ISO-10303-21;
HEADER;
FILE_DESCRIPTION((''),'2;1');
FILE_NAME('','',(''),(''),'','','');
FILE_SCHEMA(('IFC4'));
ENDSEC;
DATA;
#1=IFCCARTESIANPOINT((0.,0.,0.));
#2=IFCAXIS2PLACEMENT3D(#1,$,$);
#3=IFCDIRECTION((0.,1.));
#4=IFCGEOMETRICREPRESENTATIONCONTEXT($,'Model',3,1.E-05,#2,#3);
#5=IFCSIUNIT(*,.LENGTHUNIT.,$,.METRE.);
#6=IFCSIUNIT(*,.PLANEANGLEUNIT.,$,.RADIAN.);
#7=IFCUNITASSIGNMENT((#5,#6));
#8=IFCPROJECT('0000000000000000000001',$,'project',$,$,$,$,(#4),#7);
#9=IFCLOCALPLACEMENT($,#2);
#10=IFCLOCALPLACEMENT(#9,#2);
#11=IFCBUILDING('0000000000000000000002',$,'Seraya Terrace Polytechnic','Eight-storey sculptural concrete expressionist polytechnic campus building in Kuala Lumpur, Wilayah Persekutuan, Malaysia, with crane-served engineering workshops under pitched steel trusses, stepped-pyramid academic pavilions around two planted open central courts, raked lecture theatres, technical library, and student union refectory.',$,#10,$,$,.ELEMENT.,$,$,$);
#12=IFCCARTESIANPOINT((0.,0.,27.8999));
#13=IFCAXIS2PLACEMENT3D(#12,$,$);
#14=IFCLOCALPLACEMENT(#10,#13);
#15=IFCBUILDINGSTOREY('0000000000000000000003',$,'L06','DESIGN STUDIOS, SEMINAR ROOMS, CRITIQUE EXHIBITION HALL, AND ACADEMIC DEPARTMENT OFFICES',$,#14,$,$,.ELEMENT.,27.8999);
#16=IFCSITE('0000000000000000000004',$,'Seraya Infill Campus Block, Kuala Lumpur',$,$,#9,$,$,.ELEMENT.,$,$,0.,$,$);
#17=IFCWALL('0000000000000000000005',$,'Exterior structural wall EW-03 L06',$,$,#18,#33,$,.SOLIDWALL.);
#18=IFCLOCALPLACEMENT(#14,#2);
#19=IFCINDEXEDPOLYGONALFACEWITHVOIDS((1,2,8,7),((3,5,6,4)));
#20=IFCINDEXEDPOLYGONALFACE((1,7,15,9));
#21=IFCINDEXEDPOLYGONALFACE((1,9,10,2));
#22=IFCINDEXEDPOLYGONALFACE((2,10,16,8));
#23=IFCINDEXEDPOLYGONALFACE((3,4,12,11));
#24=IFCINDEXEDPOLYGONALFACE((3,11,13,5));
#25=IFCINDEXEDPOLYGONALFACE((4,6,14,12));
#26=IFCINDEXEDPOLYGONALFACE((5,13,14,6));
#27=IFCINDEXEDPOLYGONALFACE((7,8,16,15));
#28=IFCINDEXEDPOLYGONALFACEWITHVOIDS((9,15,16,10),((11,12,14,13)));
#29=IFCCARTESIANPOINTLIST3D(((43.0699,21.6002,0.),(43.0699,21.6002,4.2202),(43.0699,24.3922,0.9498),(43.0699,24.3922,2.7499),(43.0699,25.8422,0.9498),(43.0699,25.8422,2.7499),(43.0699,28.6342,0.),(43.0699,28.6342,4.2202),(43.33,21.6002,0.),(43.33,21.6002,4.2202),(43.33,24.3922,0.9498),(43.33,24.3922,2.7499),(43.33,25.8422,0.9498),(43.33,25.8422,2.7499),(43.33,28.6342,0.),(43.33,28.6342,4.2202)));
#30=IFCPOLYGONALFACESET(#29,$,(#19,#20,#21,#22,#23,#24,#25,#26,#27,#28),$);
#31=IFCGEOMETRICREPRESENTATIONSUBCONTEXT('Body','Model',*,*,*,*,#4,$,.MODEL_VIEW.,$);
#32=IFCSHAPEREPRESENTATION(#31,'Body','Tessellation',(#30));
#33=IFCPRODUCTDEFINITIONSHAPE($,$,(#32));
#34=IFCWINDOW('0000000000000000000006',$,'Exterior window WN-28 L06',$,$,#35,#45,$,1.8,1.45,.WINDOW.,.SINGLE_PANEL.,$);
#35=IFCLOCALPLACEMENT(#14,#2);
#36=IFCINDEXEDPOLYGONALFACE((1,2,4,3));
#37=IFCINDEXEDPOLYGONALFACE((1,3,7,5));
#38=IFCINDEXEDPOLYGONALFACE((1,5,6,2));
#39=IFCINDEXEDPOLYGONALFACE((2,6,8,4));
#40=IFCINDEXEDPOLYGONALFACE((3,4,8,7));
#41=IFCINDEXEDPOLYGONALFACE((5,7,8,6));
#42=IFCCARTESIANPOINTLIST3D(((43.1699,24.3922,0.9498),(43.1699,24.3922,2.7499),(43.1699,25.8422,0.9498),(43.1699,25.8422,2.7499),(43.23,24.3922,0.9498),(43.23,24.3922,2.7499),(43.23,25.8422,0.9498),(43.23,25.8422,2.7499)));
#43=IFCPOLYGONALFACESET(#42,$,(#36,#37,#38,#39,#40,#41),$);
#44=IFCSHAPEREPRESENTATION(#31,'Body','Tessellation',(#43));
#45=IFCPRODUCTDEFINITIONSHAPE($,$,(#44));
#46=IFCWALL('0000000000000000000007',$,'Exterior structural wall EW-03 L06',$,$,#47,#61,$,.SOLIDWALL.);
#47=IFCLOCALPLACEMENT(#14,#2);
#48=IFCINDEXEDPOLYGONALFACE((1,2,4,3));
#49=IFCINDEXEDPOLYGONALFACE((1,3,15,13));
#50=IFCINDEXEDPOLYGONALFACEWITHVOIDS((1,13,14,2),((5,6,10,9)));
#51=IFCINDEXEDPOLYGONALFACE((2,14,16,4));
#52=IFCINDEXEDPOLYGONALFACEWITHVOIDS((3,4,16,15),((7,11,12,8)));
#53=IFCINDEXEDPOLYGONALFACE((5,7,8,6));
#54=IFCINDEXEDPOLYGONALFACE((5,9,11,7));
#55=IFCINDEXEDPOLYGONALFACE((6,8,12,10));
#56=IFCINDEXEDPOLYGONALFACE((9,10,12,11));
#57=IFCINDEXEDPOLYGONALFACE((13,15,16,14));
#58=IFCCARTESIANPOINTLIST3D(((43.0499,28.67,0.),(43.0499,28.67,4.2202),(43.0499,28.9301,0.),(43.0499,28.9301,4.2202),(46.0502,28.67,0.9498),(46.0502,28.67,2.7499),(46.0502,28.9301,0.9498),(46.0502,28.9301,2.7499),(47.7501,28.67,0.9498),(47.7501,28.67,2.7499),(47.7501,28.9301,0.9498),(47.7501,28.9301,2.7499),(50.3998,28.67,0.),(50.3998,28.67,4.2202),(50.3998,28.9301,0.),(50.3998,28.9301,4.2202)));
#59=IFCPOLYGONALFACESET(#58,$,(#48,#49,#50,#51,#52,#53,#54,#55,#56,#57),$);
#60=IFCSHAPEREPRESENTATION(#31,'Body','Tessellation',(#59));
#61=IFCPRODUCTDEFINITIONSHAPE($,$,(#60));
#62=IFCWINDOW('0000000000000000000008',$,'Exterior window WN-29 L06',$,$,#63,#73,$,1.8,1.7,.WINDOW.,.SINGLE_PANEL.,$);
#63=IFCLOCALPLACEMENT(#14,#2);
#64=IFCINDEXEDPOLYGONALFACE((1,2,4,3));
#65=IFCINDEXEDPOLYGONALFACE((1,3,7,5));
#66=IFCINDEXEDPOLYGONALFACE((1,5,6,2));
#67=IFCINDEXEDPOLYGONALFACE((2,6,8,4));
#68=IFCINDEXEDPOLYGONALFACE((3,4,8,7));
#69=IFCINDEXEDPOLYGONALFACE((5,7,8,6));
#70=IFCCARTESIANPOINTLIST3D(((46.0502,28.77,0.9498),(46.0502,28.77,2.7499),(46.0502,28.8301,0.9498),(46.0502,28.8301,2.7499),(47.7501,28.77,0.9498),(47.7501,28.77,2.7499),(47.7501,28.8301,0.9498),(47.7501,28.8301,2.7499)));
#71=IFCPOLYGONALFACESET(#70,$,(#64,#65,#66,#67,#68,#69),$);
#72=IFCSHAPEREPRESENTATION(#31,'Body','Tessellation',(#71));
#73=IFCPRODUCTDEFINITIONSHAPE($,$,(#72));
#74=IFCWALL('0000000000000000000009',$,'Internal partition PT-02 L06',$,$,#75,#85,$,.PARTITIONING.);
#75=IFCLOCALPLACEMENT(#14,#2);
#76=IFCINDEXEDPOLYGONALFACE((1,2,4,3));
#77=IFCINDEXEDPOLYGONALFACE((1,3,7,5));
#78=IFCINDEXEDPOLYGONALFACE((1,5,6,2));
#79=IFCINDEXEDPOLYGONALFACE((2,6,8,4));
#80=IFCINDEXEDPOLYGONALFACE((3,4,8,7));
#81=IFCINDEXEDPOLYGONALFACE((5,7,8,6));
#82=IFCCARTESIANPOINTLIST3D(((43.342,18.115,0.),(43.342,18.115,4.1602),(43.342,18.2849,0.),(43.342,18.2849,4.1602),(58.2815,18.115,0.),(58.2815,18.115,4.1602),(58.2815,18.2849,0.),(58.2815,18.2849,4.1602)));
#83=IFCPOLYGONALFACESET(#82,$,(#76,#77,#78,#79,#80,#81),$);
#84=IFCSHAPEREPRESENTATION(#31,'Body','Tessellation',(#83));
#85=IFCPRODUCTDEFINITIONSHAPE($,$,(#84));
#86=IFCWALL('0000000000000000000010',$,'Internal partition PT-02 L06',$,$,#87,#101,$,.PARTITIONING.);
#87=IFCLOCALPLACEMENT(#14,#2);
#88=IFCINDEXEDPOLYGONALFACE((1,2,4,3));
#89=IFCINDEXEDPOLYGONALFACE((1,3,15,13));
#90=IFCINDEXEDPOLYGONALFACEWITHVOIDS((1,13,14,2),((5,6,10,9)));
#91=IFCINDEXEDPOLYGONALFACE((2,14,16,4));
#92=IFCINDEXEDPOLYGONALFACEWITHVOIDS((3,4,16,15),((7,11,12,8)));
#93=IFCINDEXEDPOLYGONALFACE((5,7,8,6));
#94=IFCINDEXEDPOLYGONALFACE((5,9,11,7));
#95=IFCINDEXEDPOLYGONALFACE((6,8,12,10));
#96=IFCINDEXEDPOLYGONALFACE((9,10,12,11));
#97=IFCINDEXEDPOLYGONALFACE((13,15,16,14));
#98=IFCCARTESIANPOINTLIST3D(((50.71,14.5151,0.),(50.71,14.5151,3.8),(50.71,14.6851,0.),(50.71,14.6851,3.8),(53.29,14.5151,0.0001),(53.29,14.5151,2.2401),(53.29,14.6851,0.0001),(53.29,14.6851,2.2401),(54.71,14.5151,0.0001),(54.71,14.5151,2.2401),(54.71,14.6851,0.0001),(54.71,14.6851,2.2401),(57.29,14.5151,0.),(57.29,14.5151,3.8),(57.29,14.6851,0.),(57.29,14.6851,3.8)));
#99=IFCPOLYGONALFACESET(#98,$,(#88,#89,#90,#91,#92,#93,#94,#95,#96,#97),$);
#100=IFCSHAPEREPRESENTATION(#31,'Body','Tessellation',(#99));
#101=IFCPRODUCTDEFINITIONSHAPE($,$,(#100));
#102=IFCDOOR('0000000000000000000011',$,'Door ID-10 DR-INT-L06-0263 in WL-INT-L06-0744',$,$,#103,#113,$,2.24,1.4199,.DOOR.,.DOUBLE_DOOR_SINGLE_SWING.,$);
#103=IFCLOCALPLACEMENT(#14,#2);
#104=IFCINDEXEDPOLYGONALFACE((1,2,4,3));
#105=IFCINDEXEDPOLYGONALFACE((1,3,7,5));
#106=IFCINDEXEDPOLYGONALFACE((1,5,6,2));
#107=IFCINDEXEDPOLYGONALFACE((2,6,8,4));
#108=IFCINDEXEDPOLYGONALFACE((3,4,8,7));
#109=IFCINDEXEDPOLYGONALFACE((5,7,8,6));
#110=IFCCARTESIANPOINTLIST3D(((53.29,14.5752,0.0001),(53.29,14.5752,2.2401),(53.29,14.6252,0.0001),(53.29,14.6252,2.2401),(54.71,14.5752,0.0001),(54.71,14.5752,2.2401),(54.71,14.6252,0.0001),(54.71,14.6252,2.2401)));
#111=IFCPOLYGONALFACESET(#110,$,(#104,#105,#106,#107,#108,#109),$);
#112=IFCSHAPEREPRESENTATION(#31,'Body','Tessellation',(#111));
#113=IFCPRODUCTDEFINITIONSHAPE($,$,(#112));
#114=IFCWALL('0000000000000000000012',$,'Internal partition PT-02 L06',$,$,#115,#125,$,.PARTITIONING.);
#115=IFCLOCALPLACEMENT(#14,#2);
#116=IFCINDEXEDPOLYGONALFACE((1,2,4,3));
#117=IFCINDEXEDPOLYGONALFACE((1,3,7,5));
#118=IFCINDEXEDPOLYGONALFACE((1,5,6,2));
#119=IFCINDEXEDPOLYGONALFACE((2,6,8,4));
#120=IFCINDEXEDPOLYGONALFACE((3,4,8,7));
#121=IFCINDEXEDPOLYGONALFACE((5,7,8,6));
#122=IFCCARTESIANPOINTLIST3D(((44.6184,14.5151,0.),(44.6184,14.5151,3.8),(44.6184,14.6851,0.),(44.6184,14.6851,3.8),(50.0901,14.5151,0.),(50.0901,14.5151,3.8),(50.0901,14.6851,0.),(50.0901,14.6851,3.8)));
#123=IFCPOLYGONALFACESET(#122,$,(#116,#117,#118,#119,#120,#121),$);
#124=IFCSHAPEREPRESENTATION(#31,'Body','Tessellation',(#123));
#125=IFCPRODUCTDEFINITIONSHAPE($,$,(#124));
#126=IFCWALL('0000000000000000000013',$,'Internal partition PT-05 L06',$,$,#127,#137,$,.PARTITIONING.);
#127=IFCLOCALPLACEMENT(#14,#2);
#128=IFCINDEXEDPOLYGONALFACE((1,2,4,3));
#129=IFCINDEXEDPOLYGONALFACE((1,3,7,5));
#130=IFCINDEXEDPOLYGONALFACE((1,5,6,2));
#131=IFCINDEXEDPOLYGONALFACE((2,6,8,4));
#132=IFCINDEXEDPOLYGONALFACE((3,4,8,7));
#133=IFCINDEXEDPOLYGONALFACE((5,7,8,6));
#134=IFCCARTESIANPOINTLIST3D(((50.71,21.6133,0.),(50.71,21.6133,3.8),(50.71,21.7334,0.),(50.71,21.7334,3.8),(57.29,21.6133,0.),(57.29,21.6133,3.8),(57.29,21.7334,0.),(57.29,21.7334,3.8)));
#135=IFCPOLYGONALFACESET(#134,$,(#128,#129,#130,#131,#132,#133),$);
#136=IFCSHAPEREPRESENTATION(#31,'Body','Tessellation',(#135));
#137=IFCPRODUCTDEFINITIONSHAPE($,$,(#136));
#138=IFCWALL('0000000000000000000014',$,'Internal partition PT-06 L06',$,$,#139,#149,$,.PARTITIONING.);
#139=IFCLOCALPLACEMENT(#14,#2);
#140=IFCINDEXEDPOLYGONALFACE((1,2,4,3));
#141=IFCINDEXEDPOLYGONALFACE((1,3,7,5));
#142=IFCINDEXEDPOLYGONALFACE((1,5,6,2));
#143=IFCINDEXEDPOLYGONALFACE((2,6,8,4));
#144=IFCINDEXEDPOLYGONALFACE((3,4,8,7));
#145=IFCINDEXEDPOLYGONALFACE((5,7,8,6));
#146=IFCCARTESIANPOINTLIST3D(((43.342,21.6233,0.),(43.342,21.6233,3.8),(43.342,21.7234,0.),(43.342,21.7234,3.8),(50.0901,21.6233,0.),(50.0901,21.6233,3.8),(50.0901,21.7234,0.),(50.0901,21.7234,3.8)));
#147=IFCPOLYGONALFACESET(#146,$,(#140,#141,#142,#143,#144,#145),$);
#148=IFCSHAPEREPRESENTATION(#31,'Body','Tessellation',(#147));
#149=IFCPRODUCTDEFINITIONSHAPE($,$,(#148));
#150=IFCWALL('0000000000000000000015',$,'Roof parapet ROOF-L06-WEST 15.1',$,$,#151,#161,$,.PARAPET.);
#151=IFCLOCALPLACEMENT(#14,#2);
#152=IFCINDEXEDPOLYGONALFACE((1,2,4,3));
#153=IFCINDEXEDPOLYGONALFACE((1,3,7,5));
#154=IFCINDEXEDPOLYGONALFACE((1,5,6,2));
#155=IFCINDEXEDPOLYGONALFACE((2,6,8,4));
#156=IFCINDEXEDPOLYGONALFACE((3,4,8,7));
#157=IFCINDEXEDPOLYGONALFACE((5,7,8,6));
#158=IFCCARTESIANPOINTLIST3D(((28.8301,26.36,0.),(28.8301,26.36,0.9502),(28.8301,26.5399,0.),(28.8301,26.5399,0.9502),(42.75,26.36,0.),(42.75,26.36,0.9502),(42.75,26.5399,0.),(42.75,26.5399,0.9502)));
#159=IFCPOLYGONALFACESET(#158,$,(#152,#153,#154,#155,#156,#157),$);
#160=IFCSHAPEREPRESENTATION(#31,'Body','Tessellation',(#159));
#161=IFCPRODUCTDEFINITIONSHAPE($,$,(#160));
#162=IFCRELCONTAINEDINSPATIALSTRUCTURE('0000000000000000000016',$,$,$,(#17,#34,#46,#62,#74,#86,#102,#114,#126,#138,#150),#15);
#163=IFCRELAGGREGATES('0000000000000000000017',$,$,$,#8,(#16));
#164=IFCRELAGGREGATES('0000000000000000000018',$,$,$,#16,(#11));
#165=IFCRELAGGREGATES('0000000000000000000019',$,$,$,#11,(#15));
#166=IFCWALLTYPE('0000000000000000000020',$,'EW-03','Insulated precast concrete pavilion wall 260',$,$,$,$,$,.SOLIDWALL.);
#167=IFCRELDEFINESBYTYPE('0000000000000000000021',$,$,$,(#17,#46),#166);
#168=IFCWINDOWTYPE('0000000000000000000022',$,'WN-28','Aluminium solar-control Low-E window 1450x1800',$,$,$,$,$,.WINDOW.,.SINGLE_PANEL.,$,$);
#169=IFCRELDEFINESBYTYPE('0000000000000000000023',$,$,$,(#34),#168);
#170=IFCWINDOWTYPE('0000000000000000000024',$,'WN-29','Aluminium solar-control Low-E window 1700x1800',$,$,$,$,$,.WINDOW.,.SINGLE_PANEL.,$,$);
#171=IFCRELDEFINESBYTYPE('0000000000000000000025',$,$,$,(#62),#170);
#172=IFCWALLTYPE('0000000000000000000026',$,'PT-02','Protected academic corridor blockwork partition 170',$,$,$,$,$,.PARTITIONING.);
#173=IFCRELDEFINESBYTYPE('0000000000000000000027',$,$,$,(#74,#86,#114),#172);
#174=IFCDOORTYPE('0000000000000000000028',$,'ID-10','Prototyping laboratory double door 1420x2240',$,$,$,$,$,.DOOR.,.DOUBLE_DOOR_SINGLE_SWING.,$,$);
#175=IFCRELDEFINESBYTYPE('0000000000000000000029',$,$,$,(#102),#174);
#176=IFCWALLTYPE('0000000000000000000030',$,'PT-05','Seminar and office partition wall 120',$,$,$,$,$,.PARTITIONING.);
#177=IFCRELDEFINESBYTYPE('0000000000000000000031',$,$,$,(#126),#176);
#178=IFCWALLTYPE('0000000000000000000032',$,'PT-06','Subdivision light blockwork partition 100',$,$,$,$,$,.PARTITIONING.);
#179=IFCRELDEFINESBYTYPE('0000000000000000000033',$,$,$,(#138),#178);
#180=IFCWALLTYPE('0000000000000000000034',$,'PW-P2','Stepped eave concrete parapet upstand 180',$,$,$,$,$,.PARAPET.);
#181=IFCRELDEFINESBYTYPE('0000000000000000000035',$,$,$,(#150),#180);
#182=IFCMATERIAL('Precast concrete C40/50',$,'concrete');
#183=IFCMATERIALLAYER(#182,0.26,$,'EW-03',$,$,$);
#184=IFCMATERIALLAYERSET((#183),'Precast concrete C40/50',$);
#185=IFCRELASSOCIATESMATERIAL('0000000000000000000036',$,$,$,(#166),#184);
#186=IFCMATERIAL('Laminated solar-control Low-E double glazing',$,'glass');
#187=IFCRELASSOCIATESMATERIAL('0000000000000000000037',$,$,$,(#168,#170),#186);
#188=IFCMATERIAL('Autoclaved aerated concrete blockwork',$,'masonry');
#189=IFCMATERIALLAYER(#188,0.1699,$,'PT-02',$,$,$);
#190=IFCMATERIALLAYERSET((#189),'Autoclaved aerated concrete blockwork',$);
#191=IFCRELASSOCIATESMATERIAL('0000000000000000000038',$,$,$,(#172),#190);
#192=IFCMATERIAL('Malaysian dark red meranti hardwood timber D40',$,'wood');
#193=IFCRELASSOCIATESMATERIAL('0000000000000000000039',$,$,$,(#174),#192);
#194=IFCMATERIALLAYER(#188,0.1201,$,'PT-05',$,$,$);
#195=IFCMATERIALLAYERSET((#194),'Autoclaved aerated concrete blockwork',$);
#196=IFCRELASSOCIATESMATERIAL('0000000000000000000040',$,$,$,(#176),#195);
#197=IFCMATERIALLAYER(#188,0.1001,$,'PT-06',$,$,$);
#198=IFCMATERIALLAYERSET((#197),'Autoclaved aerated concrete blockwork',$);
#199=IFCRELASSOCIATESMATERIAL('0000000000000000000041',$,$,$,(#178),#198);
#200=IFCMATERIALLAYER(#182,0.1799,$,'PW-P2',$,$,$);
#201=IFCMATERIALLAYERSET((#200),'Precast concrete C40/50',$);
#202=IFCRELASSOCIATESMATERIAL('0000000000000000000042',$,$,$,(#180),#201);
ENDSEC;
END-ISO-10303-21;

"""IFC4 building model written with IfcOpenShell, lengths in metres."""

from ifc_helpers import new_model, si_unit, direction, frame, frame_2d, origin, place, context, subcontext, project, spatial, rectangle, extrude, material, layer, layer_set, type_object, element, fill, save


model = new_model("IFC4")

# Units and contexts
model_context = context("Model", 3, precision=1e-05, world=origin(), true_north=direction((0.0, 1.0)))
body_context = subcontext(model_context, "Body", "Model", "MODEL_VIEW")
ifc_project = project(units=[si_unit("LENGTHUNIT", "METRE"), si_unit("PLANEANGLEUNIT", "RADIAN")], contexts=[model_context])

# Site, building, storey
site_placement = place(None, origin())
site = spatial("IfcSite", under=ifc_project, at=site_placement, Name="Seraya Infill Campus Block, Kuala Lumpur", CompositionType="ELEMENT", RefElevation=0.0)
building_placement = place(site_placement, origin())
building = spatial("IfcBuilding", under=site, at=building_placement, Name="Seraya Terrace Polytechnic", Description="Eight-storey sculptural concrete expressionist polytechnic campus building in Kuala Lumpur, Wilayah Persekutuan, Malaysia, with crane-served engineering workshops under pitched steel trusses, stepped-pyramid academic pavilions around two planted open central courts, raked lecture theatres, technical library, and student union refectory.", CompositionType="ELEMENT")
storey_placement = place(building_placement, frame((0.0, 0.0, 27.8999)))
storey = spatial("IfcBuildingStorey", under=building, at=storey_placement, Name="L06", Description="DESIGN STUDIOS, SEMINAR ROOMS, CRITIQUE EXHIBITION HALL, AND ACADEMIC DEPARTMENT OFFICES", CompositionType="ELEMENT", Elevation=27.8999)

# Shared definitions
ifc_material_1 = material(Name="Precast concrete C40/50", Category="concrete")

# Walls, openings, windows
ifc_layer_1 = layer(ifc_material_1, 0.26, Name="EW-03")
ifc_layer_set_1 = layer_set([ifc_layer_1], Name="Precast concrete C40/50")
wall_type_1 = type_object("IfcWallType", Name="EW-03", Description="Insulated precast concrete pavilion wall 260", PredefinedType="SOLIDWALL", material=ifc_layer_set_1)
wall_1_placement = place(storey_placement, frame((43.2, 21.6001, 0.0), z_axis=(0.0, 0.0, 1.0), x_axis=(0.0, 1.0, 0.0)))
wall_1 = element("IfcWall", 1, at=wall_1_placement, inside=storey, type_object=wall_type_1, Name="Exterior structural wall EW-03 L06", PredefinedType="SOLIDWALL", context=body_context, shape_type="SweptSolid", body=[
    extrude(rectangle(XDim=7.0339, YDim=0.26, at=frame_2d((3.5171, 0.0))), origin(), (0.0, 0.0, 1.0), 4.2202),
])
opening_1_placement = place(wall_1_placement, frame((2.792, 0.0, 0.95)))
opening_1 = element("IfcOpeningElement", 2, at=opening_1_placement, cuts=wall_1, PredefinedType="OPENING", context=body_context, shape_type="SweptSolid", body=[
    extrude(rectangle(XDim=1.45, YDim=1.8, at=frame_2d((0.7251, 0.8999))), frame((0.0, 0.1421, 0.0), z_axis=(0.0, -1.0, 0.0), x_axis=(1.0, 0.0, 0.0)), (0.0, 0.0, 1.0), 0.2839),
])
ifc_material_2 = material(Name="Laminated solar-control Low-E double glazing", Category="glass")
window_type_1 = type_object("IfcWindowType", Name="WN-28", Description="Aluminium solar-control Low-E window 1450x1800", PartitioningType="SINGLE_PANEL", PredefinedType="WINDOW", material=ifc_material_2)
window_1_placement = place(opening_1_placement, origin())
window_1 = element("IfcWindow", 3, at=window_1_placement, inside=storey, type_object=window_type_1, Name="Exterior window WN-28 L06", OverallHeight=1.8, OverallWidth=1.45, PartitioningType="SINGLE_PANEL", PredefinedType="WINDOW", context=body_context, shape_type="SweptSolid", body=[
    extrude(rectangle(XDim=1.45, YDim=1.8, at=frame_2d((0.7251, 0.8999))), frame((0.0, 0.03, 0.0), z_axis=(0.0, -1.0, 0.0), x_axis=(1.0, 0.0, 0.0)), (0.0, 0.0, 1.0), 0.0601),
])
fill(opening_1, window_1)
wall_2_placement = place(storey_placement, frame((43.05, 28.8, 0.0), z_axis=(0.0, 0.0, 1.0), x_axis=(1.0, 0.0, 0.0)))
wall_2 = element("IfcWall", 4, at=wall_2_placement, inside=storey, type_object=wall_type_1, Name="Exterior structural wall EW-03 L06", PredefinedType="SOLIDWALL", context=body_context, shape_type="SweptSolid", body=[
    extrude(rectangle(XDim=7.3499, YDim=0.26, at=frame_2d((3.6748, 0.0))), origin(), (0.0, 0.0, 1.0), 4.2202),
])
opening_2_placement = place(wall_2_placement, frame((3.0, 0.0, 0.95)))
opening_2 = element("IfcOpeningElement", 5, at=opening_2_placement, cuts=wall_2, PredefinedType="OPENING", context=body_context, shape_type="SweptSolid", body=[
    extrude(rectangle(XDim=1.7, YDim=1.8, at=frame_2d((0.8501, 0.8999))), frame((0.0, 0.1421, 0.0), z_axis=(0.0, -1.0, 0.0), x_axis=(1.0, 0.0, 0.0)), (0.0, 0.0, 1.0), 0.2839),
])
window_type_2 = type_object("IfcWindowType", Name="WN-29", Description="Aluminium solar-control Low-E window 1700x1800", PartitioningType="SINGLE_PANEL", PredefinedType="WINDOW", material=ifc_material_2)
window_2_placement = place(opening_2_placement, origin())
window_2 = element("IfcWindow", 6, at=window_2_placement, inside=storey, type_object=window_type_2, Name="Exterior window WN-29 L06", OverallHeight=1.8, OverallWidth=1.7, PartitioningType="SINGLE_PANEL", PredefinedType="WINDOW", context=body_context, shape_type="SweptSolid", body=[
    extrude(rectangle(XDim=1.7, YDim=1.8, at=frame_2d((0.8501, 0.8999))), frame((0.0, 0.03, 0.0), z_axis=(0.0, -1.0, 0.0), x_axis=(1.0, 0.0, 0.0)), (0.0, 0.0, 1.0), 0.0601),
])
fill(opening_2, window_2)

# Wall
ifc_material_3 = material(Name="Autoclaved aerated concrete blockwork", Category="masonry")
ifc_layer_2 = layer(ifc_material_3, 0.1699, Name="PT-02")
ifc_layer_set_2 = layer_set([ifc_layer_2], Name="Autoclaved aerated concrete blockwork")
wall_type_2 = type_object("IfcWallType", Name="PT-02", Description="Protected academic corridor blockwork partition 170", PredefinedType="PARTITIONING", material=ifc_layer_set_2)
wall_3_placement = place(storey_placement, frame((43.342, 18.2, 0.0), z_axis=(0.0, 0.0, 1.0), x_axis=(1.0, 0.0, 0.0)))
element("IfcWall", 7, at=wall_3_placement, inside=storey, type_object=wall_type_2, Name="Internal partition PT-02 L06", PredefinedType="PARTITIONING", context=body_context, shape_type="SweptSolid", body=[
    extrude(rectangle(XDim=14.9395, YDim=0.1699, at=frame_2d((7.4697, 0.0))), origin(), (0.0, 0.0, 1.0), 4.1602),
])

# Wall, opening, door
wall_4_placement = place(storey_placement, frame((50.71, 14.6001, 0.0), z_axis=(0.0, 0.0, 1.0), x_axis=(1.0, 0.0, 0.0)))
wall_4 = element("IfcWall", 8, at=wall_4_placement, inside=storey, type_object=wall_type_2, Name="Internal partition PT-02 L06", PredefinedType="PARTITIONING", context=body_context, shape_type="SweptSolid", body=[
    extrude(rectangle(XDim=6.5801, YDim=0.1699, at=frame_2d((3.29, 0.0))), origin(), (0.0, 0.0, 1.0), 3.8),
])
opening_3_placement = place(wall_4_placement, frame((2.5801, 0.0, 0.0)))
opening_3 = element("IfcOpeningElement", 9, at=opening_3_placement, cuts=wall_4, PredefinedType="OPENING", context=body_context, shape_type="SweptSolid", body=[
    extrude(rectangle(XDim=1.4199, YDim=2.24, at=frame_2d((0.71, 1.1201))), frame((0.0, 0.0969, 0.0), z_axis=(0.0, -1.0, 0.0), x_axis=(1.0, 0.0, 0.0)), (0.0, 0.0, 1.0), 0.1938),
])
ifc_material_4 = material(Name="Malaysian dark red meranti hardwood timber D40", Category="wood")
door_type = type_object("IfcDoorType", Name="ID-10", Description="Prototyping laboratory double door 1420x2240", OperationType="DOUBLE_DOOR_SINGLE_SWING", PredefinedType="DOOR", material=ifc_material_4)
door_placement = place(opening_3_placement, frame((1.4199, 0.0, 0.0), z_axis=(0.0, 0.0, 1.0), x_axis=(-1.0, 0.0, 0.0)))
door = element("IfcDoor", 10, at=door_placement, inside=storey, type_object=door_type, Name="Door ID-10 DR-INT-L06-0263 in WL-INT-L06-0744", OperationType="DOUBLE_DOOR_SINGLE_SWING", OverallHeight=2.24, OverallWidth=1.4199, PredefinedType="DOOR", context=body_context, shape_type="SweptSolid", body=[
    extrude(rectangle(XDim=1.4199, YDim=2.24, at=frame_2d((0.71, 1.1201))), frame((0.0, 0.0249, 0.0), z_axis=(0.0, -1.0, 0.0), x_axis=(1.0, 0.0, 0.0)), (0.0, 0.0, 1.0), 0.05),
])
fill(opening_3, door)

# Walls
wall_5_placement = place(storey_placement, frame((44.6184, 14.6001, 0.0), z_axis=(0.0, 0.0, 1.0), x_axis=(1.0, 0.0, 0.0)))
element("IfcWall", 11, at=wall_5_placement, inside=storey, type_object=wall_type_2, Name="Internal partition PT-02 L06", PredefinedType="PARTITIONING", context=body_context, shape_type="SweptSolid", body=[
    extrude(rectangle(XDim=5.4717, YDim=0.1699, at=frame_2d((2.7358, 0.0))), origin(), (0.0, 0.0, 1.0), 3.8),
])
ifc_layer_3 = layer(ifc_material_3, 0.1201, Name="PT-05")
ifc_layer_set_3 = layer_set([ifc_layer_3], Name="Autoclaved aerated concrete blockwork")
wall_type_3 = type_object("IfcWallType", Name="PT-05", Description="Seminar and office partition wall 120", PredefinedType="PARTITIONING", material=ifc_layer_set_3)
wall_6_placement = place(storey_placement, frame((50.71, 21.6733, 0.0), z_axis=(0.0, 0.0, 1.0), x_axis=(1.0, 0.0, 0.0)))
element("IfcWall", 12, at=wall_6_placement, inside=storey, type_object=wall_type_3, Name="Internal partition PT-05 L06", PredefinedType="PARTITIONING", context=body_context, shape_type="SweptSolid", body=[
    extrude(rectangle(XDim=6.5801, YDim=0.1201, at=frame_2d((3.29, 0.0))), origin(), (0.0, 0.0, 1.0), 3.8),
])
ifc_layer_4 = layer(ifc_material_3, 0.1001, Name="PT-06")
ifc_layer_set_4 = layer_set([ifc_layer_4], Name="Autoclaved aerated concrete blockwork")
wall_type_4 = type_object("IfcWallType", Name="PT-06", Description="Subdivision light blockwork partition 100", PredefinedType="PARTITIONING", material=ifc_layer_set_4)
wall_7_placement = place(storey_placement, frame((43.342, 21.6733, 0.0), z_axis=(0.0, 0.0, 1.0), x_axis=(1.0, 0.0, 0.0)))
element("IfcWall", 13, at=wall_7_placement, inside=storey, type_object=wall_type_4, Name="Internal partition PT-06 L06", PredefinedType="PARTITIONING", context=body_context, shape_type="SweptSolid", body=[
    extrude(rectangle(XDim=6.748, YDim=0.1001, at=frame_2d((3.374, 0.0))), origin(), (0.0, 0.0, 1.0), 3.8),
])
ifc_layer_5 = layer(ifc_material_1, 0.1799, Name="PW-P2")
ifc_layer_set_5 = layer_set([ifc_layer_5], Name="Precast concrete C40/50")
wall_type_5 = type_object("IfcWallType", Name="PW-P2", Description="Stepped eave concrete parapet upstand 180", PredefinedType="PARAPET", material=ifc_layer_set_5)
wall_8_placement = place(storey_placement, frame((42.75, 26.45, 0.0), z_axis=(0.0, 0.0, 1.0), x_axis=(-1.0, 0.0, 0.0)))
element("IfcWall", 14, at=wall_8_placement, inside=storey, type_object=wall_type_5, Name="Roof parapet ROOF-L06-WEST 15.1", PredefinedType="PARAPET", context=body_context, shape_type="SweptSolid", body=[
    extrude(rectangle(XDim=13.9199, YDim=0.1799, at=frame_2d((6.96, 0.0))), origin(), (0.0, 0.0, 1.0), 0.9502),
])

save(model, "model.ifc")
